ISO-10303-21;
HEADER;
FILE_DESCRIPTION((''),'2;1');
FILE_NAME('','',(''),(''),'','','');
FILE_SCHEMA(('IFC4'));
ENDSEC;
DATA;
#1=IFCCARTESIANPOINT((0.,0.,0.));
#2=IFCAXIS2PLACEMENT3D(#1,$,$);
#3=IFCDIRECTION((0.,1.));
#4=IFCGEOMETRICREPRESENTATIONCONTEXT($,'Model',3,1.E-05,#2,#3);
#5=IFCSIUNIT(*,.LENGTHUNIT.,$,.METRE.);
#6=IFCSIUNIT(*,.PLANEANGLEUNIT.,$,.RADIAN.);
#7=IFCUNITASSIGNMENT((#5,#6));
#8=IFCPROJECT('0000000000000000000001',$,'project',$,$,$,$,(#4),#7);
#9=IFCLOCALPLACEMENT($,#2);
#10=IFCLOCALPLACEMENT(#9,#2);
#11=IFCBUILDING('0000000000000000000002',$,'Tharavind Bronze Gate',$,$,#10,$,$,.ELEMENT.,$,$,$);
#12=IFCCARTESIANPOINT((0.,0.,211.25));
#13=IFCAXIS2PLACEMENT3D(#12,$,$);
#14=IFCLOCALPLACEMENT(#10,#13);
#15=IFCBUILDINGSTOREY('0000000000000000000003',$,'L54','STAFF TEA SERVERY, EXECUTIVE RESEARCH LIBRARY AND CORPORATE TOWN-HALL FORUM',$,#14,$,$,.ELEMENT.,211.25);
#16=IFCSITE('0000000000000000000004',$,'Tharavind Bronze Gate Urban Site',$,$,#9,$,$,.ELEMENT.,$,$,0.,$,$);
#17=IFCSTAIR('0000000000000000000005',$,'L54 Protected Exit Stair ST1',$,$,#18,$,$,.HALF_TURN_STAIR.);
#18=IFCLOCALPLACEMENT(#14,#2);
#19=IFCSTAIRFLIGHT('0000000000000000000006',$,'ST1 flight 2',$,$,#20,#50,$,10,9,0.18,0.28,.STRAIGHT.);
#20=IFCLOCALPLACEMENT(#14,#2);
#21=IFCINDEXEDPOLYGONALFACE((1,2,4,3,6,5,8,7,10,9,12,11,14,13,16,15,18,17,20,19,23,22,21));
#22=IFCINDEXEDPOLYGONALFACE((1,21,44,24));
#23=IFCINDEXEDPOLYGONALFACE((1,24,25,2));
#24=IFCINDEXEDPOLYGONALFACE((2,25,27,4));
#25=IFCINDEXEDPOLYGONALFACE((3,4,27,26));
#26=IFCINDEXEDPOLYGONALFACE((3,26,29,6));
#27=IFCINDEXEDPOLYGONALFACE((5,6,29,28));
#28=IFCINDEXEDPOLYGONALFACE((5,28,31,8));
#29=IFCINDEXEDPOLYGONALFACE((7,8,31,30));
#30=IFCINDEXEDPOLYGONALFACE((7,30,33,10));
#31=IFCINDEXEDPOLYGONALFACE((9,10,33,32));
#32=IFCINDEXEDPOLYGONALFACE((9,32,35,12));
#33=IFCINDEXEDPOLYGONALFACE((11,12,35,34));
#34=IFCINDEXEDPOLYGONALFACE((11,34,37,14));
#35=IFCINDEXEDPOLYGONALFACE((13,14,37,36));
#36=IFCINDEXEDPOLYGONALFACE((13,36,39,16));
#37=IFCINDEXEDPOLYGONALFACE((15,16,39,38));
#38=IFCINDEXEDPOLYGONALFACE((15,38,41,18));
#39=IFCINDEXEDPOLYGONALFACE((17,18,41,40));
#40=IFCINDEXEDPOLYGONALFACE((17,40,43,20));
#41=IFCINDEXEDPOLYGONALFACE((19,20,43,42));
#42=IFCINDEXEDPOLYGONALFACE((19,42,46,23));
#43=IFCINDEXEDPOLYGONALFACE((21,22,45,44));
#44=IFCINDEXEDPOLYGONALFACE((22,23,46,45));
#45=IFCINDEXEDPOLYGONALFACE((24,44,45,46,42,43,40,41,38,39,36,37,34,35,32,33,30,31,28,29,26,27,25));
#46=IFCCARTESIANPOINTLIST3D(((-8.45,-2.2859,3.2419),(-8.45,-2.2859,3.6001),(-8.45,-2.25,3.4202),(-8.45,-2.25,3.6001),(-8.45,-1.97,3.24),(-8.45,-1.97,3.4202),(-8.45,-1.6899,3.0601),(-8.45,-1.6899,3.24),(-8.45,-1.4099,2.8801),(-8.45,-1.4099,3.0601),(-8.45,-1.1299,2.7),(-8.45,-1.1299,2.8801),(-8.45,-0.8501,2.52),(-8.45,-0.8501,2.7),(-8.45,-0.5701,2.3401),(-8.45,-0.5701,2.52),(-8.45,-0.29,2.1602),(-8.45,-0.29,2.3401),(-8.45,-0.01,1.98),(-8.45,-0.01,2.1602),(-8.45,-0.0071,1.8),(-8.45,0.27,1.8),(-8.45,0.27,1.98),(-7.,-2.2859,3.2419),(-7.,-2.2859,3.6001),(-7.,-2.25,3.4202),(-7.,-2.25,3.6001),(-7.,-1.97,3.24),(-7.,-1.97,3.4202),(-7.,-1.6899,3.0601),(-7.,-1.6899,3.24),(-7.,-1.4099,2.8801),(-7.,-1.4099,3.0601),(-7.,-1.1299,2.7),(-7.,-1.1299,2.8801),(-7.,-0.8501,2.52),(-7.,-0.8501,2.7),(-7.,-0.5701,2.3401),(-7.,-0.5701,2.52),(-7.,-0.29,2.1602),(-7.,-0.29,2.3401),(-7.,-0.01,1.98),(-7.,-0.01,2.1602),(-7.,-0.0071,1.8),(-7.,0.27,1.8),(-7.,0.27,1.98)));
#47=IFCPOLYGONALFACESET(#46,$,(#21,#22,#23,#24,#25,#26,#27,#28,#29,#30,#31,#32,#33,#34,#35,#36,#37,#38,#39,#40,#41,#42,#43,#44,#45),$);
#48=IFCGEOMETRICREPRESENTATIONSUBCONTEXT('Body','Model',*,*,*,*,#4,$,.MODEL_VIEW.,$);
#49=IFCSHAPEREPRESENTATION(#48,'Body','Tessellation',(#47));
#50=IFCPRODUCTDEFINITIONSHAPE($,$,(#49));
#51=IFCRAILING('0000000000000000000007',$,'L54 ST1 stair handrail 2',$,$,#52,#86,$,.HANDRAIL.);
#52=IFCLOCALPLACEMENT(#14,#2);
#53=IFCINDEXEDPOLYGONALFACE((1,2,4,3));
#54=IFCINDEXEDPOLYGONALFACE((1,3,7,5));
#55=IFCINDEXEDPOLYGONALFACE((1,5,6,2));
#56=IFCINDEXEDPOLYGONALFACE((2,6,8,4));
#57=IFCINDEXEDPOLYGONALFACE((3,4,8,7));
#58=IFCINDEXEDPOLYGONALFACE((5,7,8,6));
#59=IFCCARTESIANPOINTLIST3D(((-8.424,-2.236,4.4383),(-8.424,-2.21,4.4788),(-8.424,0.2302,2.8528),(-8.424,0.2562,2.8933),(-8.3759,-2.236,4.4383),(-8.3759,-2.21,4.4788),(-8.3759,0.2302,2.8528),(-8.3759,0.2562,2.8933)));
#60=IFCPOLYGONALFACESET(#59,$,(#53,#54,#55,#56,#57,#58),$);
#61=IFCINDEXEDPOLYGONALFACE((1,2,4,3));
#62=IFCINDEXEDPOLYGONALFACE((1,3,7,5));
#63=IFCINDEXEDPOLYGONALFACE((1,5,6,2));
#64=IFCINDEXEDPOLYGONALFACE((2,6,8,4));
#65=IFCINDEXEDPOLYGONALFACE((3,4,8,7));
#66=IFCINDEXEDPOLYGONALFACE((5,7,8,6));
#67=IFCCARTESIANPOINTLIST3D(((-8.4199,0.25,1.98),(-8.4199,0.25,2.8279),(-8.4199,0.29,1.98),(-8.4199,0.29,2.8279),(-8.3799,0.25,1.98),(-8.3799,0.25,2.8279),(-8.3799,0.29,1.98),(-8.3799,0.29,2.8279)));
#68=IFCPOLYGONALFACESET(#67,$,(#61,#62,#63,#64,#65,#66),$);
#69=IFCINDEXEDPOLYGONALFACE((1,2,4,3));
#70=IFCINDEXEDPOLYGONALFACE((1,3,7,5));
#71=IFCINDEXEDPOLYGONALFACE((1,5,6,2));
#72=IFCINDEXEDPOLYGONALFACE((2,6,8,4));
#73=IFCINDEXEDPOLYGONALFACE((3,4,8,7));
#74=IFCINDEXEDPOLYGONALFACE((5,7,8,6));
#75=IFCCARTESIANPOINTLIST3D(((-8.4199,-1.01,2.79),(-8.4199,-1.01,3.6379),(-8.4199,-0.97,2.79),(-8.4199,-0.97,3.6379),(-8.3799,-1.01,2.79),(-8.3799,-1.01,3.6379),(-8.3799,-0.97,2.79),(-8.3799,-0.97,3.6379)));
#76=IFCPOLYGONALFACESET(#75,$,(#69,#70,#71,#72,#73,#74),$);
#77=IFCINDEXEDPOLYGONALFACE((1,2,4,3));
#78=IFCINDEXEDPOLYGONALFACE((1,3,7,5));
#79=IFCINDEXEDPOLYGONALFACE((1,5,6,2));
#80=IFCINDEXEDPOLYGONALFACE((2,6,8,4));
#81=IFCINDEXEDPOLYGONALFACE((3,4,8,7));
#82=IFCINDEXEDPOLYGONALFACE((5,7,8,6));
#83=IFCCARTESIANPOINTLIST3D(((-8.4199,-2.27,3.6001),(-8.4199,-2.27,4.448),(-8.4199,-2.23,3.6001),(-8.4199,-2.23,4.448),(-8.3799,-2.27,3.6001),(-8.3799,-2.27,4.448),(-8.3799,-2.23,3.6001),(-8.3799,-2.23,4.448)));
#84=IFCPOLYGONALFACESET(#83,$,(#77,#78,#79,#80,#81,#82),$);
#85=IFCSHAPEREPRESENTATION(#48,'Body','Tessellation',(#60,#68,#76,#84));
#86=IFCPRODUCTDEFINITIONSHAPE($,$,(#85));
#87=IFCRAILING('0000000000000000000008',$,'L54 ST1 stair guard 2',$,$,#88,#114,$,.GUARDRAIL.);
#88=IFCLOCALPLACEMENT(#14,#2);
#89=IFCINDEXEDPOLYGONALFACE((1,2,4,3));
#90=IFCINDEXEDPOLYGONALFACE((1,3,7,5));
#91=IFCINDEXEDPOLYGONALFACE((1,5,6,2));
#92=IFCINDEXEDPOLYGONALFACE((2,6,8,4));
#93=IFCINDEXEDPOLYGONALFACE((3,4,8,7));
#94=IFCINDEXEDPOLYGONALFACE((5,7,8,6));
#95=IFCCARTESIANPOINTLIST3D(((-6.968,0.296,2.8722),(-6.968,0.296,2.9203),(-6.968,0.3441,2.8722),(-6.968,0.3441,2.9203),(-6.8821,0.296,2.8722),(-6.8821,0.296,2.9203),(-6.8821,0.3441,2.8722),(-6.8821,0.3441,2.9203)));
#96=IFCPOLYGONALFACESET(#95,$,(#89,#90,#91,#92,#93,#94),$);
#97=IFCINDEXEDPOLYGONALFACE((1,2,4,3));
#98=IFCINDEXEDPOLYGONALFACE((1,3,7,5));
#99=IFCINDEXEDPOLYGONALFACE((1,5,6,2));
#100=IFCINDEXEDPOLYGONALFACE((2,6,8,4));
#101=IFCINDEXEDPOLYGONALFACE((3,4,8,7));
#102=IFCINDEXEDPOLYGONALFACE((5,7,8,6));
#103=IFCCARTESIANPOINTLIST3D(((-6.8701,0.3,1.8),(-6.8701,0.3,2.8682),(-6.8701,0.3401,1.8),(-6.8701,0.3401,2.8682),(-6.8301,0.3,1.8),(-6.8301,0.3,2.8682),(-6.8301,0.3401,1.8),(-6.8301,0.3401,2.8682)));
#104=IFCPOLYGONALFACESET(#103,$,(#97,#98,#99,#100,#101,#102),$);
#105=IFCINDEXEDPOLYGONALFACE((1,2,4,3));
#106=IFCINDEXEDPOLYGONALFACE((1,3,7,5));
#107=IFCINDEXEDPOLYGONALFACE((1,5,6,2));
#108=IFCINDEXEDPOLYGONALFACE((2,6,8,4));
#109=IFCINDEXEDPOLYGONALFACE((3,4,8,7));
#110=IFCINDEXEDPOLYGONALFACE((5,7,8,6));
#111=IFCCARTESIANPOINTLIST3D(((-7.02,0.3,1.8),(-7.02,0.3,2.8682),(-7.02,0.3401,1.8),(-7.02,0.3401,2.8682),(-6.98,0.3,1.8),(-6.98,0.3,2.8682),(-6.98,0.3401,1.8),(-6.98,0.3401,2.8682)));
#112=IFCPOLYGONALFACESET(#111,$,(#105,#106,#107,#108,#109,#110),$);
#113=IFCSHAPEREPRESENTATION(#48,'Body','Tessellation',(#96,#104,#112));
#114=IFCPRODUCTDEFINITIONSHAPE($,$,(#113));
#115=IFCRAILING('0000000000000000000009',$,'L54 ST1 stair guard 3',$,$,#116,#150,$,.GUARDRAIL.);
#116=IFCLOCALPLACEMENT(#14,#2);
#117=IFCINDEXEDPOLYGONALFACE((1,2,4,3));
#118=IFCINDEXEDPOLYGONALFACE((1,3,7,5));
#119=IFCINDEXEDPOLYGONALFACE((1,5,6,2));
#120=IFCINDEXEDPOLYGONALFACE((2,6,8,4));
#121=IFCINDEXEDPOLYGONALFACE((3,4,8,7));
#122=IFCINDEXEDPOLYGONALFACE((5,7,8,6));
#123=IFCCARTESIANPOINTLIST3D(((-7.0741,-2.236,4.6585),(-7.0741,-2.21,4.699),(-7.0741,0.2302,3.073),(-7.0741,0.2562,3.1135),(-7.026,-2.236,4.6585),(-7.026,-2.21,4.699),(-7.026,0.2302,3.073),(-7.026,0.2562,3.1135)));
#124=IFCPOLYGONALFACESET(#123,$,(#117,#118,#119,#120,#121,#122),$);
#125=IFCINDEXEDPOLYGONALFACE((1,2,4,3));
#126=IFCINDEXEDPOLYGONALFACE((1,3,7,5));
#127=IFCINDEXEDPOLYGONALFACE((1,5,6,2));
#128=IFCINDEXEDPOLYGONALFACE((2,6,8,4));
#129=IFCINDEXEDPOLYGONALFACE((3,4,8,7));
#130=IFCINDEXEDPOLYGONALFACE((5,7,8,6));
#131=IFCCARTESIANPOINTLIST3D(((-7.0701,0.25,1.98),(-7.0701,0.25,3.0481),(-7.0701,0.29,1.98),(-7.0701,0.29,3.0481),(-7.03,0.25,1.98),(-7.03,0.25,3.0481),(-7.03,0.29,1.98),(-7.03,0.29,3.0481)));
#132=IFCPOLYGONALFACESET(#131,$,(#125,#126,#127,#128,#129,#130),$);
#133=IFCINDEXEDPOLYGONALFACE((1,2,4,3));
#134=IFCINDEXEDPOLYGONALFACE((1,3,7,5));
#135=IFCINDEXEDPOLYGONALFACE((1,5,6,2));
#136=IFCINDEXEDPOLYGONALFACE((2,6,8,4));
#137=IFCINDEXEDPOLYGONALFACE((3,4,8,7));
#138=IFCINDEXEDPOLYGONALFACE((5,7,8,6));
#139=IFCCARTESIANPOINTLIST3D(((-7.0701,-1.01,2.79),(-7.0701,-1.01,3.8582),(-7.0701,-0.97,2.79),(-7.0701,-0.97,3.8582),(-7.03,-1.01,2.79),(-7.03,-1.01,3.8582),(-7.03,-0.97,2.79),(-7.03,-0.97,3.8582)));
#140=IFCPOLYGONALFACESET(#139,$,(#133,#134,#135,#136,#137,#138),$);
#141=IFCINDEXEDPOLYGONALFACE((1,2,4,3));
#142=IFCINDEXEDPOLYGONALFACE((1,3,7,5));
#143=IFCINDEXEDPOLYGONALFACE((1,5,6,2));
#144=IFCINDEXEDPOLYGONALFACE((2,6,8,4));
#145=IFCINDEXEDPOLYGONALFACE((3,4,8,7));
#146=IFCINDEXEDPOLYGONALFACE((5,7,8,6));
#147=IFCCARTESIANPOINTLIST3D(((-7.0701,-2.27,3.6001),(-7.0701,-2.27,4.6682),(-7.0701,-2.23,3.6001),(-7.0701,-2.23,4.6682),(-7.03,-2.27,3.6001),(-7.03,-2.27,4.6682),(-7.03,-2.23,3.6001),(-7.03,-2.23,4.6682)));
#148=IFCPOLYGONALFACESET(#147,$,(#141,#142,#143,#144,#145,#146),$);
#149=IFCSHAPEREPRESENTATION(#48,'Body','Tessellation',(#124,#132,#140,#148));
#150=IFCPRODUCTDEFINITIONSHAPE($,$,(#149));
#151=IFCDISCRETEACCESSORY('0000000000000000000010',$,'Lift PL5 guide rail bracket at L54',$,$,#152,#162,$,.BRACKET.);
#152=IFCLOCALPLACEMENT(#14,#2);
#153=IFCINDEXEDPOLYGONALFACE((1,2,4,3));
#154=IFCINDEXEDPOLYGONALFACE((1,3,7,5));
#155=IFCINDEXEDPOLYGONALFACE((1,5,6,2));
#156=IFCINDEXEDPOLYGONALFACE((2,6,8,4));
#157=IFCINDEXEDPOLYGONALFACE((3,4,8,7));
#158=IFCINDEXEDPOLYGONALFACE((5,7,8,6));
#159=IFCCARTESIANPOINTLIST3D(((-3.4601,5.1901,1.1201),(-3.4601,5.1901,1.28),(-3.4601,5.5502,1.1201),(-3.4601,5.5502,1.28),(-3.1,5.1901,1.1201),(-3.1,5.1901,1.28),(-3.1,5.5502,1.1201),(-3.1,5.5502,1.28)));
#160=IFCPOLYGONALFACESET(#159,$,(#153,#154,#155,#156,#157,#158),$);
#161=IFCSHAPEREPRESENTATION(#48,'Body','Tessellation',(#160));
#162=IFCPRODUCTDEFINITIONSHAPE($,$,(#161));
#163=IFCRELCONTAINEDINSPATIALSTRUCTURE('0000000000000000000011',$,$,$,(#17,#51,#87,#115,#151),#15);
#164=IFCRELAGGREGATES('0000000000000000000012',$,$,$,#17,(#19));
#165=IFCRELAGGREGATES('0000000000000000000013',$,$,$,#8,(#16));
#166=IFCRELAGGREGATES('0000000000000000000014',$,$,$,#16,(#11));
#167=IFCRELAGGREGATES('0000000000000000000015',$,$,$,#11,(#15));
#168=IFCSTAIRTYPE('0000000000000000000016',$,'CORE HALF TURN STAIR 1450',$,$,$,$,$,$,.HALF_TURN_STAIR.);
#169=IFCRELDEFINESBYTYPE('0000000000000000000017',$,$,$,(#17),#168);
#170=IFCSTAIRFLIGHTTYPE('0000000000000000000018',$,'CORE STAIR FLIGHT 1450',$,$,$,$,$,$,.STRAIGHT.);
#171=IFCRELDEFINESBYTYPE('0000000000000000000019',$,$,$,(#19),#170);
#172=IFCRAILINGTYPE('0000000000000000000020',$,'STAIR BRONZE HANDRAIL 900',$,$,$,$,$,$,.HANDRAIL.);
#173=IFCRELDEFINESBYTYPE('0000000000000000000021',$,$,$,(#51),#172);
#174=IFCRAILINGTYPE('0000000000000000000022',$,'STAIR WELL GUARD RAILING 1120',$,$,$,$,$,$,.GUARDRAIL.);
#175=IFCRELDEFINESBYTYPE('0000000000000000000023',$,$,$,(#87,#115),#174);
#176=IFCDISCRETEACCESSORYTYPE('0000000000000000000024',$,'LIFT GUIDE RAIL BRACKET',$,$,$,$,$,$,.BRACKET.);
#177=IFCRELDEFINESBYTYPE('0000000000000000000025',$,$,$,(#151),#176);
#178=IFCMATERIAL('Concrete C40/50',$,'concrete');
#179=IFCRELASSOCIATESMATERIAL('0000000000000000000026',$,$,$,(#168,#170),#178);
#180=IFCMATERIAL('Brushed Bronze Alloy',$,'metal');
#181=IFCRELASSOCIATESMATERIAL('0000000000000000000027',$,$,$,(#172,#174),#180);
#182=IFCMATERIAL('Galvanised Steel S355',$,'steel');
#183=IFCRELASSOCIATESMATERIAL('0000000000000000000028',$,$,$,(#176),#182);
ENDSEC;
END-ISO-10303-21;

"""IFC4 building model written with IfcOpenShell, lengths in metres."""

from ifc_helpers import new_model, si_unit, direction, frame, origin, origin_2d, place, context, subcontext, project, spatial, polyline, rectangle, outline, extrude, material, type_object, element, aggregate, save


model = new_model("IFC4")

# Units and contexts
model_context = context("Model", 3, precision=1e-05, world=origin(), true_north=direction((0.0, 1.0)))
body_context = subcontext(model_context, "Body", "Model", "MODEL_VIEW")
ifc_project = project(units=[si_unit("LENGTHUNIT", "METRE"), si_unit("PLANEANGLEUNIT", "RADIAN")], contexts=[model_context])

# Site, building, storey
site_placement = place(None, origin())
site = spatial("IfcSite", under=ifc_project, at=site_placement, Name="Tharavind Bronze Gate Urban Site", CompositionType="ELEMENT", RefElevation=0.0)
building_placement = place(site_placement, origin())
building = spatial("IfcBuilding", under=site, at=building_placement, Name="Tharavind Bronze Gate", CompositionType="ELEMENT")
storey_placement = place(building_placement, frame((0.0, 0.0, 211.25)))
storey = spatial("IfcBuildingStorey", under=building, at=storey_placement, Name="L54", Description="STAFF TEA SERVERY, EXECUTIVE RESEARCH LIBRARY AND CORPORATE TOWN-HALL FORUM", CompositionType="ELEMENT", Elevation=211.25)

# Shared definitions
ifc_material_1 = material(Name="Concrete C40/50", Category="concrete")

# Stair
stair_type = type_object("IfcStairType", Name="CORE HALF TURN STAIR 1450", PredefinedType="HALF_TURN_STAIR", material=ifc_material_1)
stair_1_placement = place(storey_placement, origin())
stair_1 = element("IfcStair", 1, at=stair_1_placement, inside=storey, type_object=stair_type, Name="L54 Protected Exit Stair ST1", PredefinedType="HALF_TURN_STAIR")

# Stair flight
stair_flight_type = type_object("IfcStairFlightType", Name="CORE STAIR FLIGHT 1450", PredefinedType="STRAIGHT", material=ifc_material_1)
stair_flight_placement = place(storey_placement, frame((-7.7251, 0.27, 1.8), z_axis=(0.0, 0.0, 1.0), x_axis=(0.0, -1.0, 0.0)))
stair_flight = element("IfcStairFlight", 2, at=stair_flight_placement, type_object=stair_flight_type, Name="ST1 flight 2", NumberOfRisers=10, NumberOfTreads=9, PredefinedType="STRAIGHT", RiserHeight=0.18, TreadLength=0.28, context=body_context, shape_type="SweptSolid", body=[
    extrude(outline(polyline([(0.0, 0.0), (0.0, 0.1799), (0.28, 0.1799), (0.28, 0.3601), (0.5601, 0.3601), (0.5601, 0.54), (0.8401, 0.54), (0.8401, 0.72), (1.1201, 0.72), (1.1201, 0.8999), (1.3999, 0.8999), (1.3999, 1.0801), (1.6799, 1.0801), (1.6799, 1.26), (1.96, 1.26), (1.96, 1.4399), (2.24, 1.4399), (2.24, 1.6201), (2.52, 1.6201), (2.52, 1.8), (2.5559, 1.8), (2.5559, 1.4419), (0.2771, 0.0), (0.0, 0.0)])), frame((0.0, 0.7251, 0.0), z_axis=(0.0, -1.0, 0.0), x_axis=(1.0, 0.0, 0.0)), (0.0, 0.0, 1.0), 1.45),
])
aggregate(stair_1, [stair_flight])

# Railings
ifc_material_2 = material(Name="Brushed Bronze Alloy", Category="metal")
railing_type_1 = type_object("IfcRailingType", Name="STAIR BRONZE HANDRAIL 900", PredefinedType="HANDRAIL", material=ifc_material_2)
railing_1_placement = place(storey_placement, frame((-8.3999, 0.27, 1.98)))
element("IfcRailing", 3, at=railing_1_placement, inside=storey, type_object=railing_type_1, Name="L54 ST1 stair handrail 2", PredefinedType="HANDRAIL", context=body_context, shape_type="SweptSolid", body=[
    extrude(rectangle(XDim=0.0481, YDim=0.0481, at=origin_2d()), frame((0.0, -0.0269, 0.8931), z_axis=(0.0, -0.841163, 0.540782), x_axis=(1.0, 0.0, 0.0)), (0.0, 0.0, 1.0), 2.9319),
    extrude(rectangle(XDim=0.04, YDim=0.04, at=origin_2d()), origin(), (0.0, 0.0, 1.0), 0.8479),
    extrude(rectangle(XDim=0.04, YDim=0.04, at=origin_2d()), frame((0.0, -1.26, 0.8101)), (0.0, 0.0, 1.0), 0.8479),
    extrude(rectangle(XDim=0.04, YDim=0.04, at=origin_2d()), frame((0.0, -2.52, 1.6201)), (0.0, 0.0, 1.0), 0.8479),
])
railing_type_2 = type_object("IfcRailingType", Name="STAIR WELL GUARD RAILING 1120", PredefinedType="GUARDRAIL", material=ifc_material_2)
railing_2_placement = place(storey_placement, frame((-6.8501, 0.3201, 1.8)))
element("IfcRailing", 4, at=railing_2_placement, inside=storey, type_object=railing_type_2, Name="L54 ST1 stair guard 2", PredefinedType="GUARDRAIL", context=body_context, shape_type="SweptSolid", body=[
    extrude(rectangle(XDim=0.0481, YDim=0.0481, at=origin_2d()), frame((-0.032, 0.0, 1.0962), z_axis=(-1.0, 0.0, 0.0), x_axis=(0.0, -1.0, 0.0)), (0.0, 0.0, 1.0), 0.0859),
    extrude(rectangle(XDim=0.04, YDim=0.04, at=origin_2d()), origin(), (0.0, 0.0, 1.0), 1.0681),
    extrude(rectangle(XDim=0.04, YDim=0.04, at=origin_2d()), frame((-0.1499, 0.0, 0.0)), (0.0, 0.0, 1.0), 1.0681),
])
railing_3_placement = place(storey_placement, frame((-7.05, 0.27, 1.98)))
element("IfcRailing", 5, at=railing_3_placement, inside=storey, type_object=railing_type_2, Name="L54 ST1 stair guard 3", PredefinedType="GUARDRAIL", context=body_context, shape_type="SweptSolid", body=[
    extrude(rectangle(XDim=0.0481, YDim=0.0481, at=origin_2d()), frame((0.0, -0.0269, 1.1133), z_axis=(0.0, -0.841163, 0.540782), x_axis=(1.0, 0.0, 0.0)), (0.0, 0.0, 1.0), 2.9319),
    extrude(rectangle(XDim=0.04, YDim=0.04, at=origin_2d()), origin(), (0.0, 0.0, 1.0), 1.0681),
    extrude(rectangle(XDim=0.04, YDim=0.04, at=origin_2d()), frame((0.0, -1.26, 0.8101)), (0.0, 0.0, 1.0), 1.0681),
    extrude(rectangle(XDim=0.04, YDim=0.04, at=origin_2d()), frame((0.0, -2.52, 1.6201)), (0.0, 0.0, 1.0), 1.0681),
])

# Discrete accessory
ifc_material_3 = material(Name="Galvanised Steel S355", Category="steel")
discrete_accessory_type = type_object("IfcDiscreteAccessoryType", Name="LIFT GUIDE RAIL BRACKET", PredefinedType="BRACKET", material=ifc_material_3)
discrete_accessory_placement = place(storey_placement, frame((-3.28, 5.3701, 1.1201), z_axis=(0.0, 0.0, 1.0), x_axis=(1.0, 0.0, 0.0)))
element("IfcDiscreteAccessory", 6, at=discrete_accessory_placement, inside=storey, type_object=discrete_accessory_type, Name="Lift PL5 guide rail bracket at L54", PredefinedType="BRACKET", context=body_context, shape_type="SweptSolid", body=[
    extrude(rectangle(XDim=0.3601, YDim=0.3601, at=origin_2d()), origin(), (0.0, 0.0, 1.0), 0.1599),
])

save(model, "model.ifc")
